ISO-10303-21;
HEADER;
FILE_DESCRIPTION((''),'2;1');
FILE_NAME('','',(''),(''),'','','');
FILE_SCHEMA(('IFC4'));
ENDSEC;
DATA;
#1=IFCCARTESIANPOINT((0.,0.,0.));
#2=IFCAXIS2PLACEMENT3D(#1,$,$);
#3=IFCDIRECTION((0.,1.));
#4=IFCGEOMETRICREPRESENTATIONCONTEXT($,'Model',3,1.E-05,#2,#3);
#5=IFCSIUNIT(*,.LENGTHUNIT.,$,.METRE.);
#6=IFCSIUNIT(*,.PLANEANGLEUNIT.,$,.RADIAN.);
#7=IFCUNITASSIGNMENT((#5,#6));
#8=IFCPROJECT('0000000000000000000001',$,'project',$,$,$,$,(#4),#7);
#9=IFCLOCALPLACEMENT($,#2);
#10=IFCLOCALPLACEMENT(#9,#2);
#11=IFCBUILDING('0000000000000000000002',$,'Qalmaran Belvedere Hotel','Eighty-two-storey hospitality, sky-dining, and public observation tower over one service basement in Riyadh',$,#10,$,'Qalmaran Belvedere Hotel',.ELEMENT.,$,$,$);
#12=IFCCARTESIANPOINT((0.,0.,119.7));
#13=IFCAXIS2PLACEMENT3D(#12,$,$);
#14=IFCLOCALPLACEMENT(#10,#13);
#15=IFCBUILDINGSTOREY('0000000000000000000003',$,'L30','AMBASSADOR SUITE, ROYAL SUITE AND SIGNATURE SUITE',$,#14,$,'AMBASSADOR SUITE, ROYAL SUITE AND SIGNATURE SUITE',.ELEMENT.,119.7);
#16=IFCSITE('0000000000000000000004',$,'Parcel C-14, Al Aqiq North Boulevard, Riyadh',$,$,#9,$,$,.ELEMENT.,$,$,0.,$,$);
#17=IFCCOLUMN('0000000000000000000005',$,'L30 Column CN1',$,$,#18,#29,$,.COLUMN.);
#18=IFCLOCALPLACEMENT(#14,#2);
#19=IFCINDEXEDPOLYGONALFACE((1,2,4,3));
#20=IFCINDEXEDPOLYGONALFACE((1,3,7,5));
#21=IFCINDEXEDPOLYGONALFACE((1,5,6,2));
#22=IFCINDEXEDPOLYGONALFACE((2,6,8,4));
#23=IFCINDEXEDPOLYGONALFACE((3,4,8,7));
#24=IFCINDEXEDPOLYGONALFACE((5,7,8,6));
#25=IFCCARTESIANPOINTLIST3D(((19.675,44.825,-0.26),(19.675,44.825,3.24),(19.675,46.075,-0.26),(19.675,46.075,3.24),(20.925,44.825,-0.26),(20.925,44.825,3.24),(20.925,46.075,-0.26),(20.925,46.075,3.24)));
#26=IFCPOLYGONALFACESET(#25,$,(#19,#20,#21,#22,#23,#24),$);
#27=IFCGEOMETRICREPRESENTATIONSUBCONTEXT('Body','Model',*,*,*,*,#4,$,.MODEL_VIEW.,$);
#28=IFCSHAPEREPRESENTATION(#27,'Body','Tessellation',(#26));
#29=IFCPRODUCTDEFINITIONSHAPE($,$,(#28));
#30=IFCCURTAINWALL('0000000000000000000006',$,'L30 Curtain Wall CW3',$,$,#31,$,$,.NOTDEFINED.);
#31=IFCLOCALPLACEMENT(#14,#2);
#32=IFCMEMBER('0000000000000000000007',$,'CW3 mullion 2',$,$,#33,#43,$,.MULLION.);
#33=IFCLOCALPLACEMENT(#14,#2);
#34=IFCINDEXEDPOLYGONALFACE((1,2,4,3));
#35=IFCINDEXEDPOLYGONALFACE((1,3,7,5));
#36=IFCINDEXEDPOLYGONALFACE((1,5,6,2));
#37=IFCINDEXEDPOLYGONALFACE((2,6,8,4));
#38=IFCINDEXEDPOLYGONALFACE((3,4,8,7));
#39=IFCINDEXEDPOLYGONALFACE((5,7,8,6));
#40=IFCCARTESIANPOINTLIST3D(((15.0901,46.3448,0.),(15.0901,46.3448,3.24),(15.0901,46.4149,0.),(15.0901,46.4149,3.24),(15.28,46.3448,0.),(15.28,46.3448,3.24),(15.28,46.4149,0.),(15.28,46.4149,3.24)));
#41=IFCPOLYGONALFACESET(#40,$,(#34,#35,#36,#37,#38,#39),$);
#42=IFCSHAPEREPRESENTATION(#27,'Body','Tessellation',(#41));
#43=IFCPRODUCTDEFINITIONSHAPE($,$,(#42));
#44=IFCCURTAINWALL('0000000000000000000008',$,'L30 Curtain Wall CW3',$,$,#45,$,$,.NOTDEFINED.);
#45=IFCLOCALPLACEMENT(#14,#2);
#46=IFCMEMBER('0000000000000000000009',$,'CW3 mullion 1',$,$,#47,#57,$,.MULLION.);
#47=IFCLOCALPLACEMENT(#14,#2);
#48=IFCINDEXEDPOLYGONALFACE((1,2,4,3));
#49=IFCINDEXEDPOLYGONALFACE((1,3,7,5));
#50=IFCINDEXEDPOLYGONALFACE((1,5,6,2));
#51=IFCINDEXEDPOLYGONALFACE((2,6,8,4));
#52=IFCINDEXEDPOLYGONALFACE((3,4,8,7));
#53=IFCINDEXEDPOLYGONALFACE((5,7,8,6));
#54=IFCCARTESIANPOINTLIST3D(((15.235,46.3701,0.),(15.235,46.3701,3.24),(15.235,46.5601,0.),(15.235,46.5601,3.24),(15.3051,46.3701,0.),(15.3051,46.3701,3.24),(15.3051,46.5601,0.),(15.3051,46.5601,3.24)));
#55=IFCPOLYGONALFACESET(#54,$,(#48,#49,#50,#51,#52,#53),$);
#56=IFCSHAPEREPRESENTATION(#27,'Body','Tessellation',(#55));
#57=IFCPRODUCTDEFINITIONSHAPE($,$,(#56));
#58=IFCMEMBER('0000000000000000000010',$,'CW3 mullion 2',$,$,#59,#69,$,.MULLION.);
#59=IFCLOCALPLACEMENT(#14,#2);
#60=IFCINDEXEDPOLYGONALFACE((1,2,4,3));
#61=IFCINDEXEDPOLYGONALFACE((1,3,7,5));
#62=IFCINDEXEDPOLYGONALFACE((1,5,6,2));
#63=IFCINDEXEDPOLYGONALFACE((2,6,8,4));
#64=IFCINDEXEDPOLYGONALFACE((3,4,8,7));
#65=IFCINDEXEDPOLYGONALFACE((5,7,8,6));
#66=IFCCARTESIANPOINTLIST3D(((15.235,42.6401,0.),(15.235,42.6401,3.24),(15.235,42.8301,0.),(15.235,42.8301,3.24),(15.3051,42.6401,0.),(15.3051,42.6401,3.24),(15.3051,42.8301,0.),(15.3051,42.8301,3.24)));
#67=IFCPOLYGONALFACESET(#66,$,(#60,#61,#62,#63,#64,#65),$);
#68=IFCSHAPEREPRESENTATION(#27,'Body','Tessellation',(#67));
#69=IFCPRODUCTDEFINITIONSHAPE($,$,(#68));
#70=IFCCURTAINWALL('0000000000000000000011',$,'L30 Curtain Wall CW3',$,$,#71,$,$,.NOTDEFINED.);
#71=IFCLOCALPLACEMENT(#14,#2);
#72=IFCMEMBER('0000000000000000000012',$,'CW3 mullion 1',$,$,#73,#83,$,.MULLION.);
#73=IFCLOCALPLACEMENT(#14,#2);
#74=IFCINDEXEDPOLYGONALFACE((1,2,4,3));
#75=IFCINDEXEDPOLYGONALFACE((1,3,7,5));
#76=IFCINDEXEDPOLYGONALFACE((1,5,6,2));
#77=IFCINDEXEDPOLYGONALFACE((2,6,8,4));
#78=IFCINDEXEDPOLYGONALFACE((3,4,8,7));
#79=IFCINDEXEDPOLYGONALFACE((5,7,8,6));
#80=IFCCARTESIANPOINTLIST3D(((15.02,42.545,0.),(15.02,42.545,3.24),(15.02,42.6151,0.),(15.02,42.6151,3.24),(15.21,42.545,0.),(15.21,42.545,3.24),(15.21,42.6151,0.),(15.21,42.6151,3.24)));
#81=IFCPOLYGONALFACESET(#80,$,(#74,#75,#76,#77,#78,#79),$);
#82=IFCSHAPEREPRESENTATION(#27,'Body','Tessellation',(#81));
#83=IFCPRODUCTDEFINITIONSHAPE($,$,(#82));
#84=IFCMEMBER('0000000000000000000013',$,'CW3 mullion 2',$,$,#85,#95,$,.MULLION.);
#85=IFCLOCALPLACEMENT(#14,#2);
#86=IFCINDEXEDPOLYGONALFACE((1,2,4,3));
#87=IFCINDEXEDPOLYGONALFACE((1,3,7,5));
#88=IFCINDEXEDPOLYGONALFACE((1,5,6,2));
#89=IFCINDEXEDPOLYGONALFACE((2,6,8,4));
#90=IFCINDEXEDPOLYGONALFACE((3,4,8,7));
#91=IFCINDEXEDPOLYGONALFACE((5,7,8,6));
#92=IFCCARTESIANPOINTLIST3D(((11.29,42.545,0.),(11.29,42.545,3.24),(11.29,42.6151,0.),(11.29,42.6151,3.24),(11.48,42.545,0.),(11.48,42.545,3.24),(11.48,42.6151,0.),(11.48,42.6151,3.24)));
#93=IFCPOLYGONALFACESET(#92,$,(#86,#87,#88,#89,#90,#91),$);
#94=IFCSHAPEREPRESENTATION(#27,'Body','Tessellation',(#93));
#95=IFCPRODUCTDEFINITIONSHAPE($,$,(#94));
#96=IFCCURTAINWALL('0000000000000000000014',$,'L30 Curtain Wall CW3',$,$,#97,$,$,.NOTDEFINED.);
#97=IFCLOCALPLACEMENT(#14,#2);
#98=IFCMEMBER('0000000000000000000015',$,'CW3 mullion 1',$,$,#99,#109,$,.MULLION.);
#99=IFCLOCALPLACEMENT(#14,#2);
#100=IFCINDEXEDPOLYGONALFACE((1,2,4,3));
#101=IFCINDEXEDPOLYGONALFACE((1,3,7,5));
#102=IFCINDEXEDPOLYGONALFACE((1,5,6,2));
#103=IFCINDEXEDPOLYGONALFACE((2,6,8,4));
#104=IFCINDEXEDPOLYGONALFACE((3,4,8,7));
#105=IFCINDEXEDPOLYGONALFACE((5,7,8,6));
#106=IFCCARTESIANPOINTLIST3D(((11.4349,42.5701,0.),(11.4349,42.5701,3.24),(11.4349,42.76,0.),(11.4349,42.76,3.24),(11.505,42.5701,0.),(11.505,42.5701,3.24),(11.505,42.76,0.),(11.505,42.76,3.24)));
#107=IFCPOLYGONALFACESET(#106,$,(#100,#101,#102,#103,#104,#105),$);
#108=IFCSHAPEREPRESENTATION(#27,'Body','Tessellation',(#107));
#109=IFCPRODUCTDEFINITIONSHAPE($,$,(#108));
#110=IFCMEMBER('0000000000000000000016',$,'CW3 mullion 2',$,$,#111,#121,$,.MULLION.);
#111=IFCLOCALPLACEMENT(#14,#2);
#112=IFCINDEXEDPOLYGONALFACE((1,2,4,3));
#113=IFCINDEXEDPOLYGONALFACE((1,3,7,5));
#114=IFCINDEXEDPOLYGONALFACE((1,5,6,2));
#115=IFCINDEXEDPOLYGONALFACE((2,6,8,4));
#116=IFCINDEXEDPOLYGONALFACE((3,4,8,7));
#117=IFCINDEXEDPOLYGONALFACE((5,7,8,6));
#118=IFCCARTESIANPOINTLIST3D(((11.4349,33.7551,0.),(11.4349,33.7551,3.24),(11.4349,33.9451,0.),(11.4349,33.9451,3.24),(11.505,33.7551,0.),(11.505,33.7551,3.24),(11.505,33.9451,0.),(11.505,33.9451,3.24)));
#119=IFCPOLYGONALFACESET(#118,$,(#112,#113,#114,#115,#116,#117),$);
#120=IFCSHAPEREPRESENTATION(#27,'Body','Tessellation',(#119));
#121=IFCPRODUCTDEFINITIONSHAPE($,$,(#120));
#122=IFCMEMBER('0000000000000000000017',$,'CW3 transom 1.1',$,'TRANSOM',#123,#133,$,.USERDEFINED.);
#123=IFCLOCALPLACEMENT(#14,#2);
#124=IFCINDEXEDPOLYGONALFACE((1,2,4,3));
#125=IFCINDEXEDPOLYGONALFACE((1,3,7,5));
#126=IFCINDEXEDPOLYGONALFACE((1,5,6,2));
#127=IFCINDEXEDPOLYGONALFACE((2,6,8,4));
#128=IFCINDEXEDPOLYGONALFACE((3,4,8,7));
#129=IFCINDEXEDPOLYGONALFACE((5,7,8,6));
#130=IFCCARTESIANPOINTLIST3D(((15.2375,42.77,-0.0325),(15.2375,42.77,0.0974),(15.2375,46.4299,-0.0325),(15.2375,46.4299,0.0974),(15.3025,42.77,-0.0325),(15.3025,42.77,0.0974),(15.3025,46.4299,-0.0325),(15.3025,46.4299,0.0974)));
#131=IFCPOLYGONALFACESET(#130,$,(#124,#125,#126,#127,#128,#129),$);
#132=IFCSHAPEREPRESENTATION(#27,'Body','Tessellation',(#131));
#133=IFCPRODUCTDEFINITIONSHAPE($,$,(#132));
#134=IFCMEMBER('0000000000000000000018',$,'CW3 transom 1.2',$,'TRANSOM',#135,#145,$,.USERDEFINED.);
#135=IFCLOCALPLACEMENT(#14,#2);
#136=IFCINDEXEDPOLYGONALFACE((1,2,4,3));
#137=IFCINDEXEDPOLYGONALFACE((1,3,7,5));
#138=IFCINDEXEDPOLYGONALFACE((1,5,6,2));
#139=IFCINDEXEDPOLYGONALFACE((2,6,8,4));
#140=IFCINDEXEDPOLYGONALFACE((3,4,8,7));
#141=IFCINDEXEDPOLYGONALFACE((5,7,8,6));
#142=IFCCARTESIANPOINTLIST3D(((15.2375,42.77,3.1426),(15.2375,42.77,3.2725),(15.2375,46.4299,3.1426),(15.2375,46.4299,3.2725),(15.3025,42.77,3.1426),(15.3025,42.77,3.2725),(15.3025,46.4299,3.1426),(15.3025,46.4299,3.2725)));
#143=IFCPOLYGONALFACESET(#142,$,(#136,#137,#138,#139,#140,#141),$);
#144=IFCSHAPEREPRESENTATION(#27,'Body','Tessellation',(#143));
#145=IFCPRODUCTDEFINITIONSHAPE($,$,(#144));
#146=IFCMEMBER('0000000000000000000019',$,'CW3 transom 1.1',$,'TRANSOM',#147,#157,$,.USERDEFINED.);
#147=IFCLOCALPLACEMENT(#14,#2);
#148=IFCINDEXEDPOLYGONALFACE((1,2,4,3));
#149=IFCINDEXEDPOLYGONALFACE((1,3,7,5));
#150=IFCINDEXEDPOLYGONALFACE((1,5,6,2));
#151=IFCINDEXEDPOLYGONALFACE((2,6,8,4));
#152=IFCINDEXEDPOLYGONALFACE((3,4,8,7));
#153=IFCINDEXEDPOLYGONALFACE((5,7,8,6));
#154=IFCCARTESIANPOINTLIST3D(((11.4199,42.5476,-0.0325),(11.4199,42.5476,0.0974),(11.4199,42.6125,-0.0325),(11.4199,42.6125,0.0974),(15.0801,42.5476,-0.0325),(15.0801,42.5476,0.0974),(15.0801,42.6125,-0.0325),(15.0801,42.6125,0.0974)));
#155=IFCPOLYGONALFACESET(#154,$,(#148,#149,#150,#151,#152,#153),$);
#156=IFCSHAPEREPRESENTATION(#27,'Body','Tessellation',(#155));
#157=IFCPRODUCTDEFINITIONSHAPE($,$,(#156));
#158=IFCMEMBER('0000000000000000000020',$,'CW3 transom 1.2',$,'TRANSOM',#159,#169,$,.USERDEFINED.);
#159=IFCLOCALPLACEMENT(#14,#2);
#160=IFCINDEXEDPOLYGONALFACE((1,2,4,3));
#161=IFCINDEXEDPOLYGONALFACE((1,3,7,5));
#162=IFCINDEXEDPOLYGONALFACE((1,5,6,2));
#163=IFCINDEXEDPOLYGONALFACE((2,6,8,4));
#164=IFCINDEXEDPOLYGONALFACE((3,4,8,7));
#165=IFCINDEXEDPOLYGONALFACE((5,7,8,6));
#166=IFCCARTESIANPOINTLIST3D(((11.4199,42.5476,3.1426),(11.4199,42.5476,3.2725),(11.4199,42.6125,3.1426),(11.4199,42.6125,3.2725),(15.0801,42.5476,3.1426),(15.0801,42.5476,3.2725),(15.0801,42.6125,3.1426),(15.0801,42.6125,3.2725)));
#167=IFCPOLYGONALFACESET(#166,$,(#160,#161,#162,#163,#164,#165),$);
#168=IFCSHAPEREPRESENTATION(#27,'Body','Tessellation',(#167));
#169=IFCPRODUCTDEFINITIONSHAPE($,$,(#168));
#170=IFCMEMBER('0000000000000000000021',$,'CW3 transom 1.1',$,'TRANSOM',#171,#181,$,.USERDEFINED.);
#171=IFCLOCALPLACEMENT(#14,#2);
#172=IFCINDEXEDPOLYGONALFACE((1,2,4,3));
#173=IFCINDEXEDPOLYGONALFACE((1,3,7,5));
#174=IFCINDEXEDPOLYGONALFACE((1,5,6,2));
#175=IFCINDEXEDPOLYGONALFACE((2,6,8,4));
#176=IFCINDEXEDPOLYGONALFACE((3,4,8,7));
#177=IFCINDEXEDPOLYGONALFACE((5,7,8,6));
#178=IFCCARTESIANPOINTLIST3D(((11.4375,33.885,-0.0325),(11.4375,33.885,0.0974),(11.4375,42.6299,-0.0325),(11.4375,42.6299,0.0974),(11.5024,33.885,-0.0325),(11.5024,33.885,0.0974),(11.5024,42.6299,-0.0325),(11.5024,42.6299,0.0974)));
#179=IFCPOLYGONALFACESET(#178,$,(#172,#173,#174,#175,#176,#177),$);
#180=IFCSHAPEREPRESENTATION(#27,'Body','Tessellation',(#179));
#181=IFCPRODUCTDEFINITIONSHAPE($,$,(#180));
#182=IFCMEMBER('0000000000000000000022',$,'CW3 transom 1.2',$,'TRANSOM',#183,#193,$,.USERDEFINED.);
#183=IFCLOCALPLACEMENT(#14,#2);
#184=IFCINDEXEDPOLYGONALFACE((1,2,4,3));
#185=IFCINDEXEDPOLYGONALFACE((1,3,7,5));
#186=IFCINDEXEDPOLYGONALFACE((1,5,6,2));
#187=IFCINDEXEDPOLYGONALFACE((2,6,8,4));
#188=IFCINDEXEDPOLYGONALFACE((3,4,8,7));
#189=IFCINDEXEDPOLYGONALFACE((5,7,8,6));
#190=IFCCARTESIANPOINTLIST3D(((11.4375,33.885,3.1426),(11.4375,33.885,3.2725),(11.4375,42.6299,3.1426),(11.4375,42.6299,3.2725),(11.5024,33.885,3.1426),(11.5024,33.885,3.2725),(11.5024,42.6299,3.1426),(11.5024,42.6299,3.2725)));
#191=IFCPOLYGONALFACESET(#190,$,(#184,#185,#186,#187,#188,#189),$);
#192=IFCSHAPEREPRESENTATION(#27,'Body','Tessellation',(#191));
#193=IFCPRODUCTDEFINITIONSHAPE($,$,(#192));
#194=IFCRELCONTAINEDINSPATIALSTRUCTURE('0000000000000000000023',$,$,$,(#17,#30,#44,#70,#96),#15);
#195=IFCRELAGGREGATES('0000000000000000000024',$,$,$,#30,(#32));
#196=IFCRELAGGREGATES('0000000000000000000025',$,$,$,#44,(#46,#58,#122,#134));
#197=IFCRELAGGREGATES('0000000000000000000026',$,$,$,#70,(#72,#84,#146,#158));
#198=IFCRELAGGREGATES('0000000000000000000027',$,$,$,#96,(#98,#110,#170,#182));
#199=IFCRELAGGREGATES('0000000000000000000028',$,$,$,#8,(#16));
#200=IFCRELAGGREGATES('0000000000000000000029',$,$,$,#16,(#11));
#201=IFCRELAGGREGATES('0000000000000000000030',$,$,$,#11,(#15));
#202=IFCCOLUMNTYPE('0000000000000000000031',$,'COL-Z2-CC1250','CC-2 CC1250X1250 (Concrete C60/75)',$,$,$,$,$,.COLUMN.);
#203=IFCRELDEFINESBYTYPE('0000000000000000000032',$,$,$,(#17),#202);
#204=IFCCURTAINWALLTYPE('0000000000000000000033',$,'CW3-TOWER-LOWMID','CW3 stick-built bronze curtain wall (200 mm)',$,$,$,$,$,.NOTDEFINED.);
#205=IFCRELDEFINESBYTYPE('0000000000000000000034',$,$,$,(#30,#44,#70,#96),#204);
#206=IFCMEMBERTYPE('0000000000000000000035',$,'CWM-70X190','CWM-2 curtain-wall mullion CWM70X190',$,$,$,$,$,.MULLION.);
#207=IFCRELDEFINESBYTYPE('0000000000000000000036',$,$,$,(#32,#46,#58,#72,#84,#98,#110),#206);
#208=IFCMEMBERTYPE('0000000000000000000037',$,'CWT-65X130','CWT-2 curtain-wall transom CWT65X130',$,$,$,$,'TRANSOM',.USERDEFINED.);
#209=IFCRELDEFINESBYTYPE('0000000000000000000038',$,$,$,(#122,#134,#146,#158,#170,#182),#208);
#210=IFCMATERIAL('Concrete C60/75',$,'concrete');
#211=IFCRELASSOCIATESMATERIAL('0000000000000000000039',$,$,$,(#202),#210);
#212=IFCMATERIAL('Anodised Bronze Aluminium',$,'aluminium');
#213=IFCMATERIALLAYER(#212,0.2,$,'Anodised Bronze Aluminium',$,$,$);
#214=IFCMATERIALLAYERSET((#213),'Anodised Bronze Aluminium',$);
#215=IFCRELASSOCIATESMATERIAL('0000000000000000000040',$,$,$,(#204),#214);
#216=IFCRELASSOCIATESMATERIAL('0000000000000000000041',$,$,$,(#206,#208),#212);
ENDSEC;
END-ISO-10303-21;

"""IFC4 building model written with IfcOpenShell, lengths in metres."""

from ifc_helpers import new_model, si_unit, direction, frame, origin, origin_2d, place, context, subcontext, project, spatial, rectangle, extrude, material, layer, layer_set, material_profile, profile_set, type_object, element, aggregate, save


model = new_model("IFC4")

# Units and contexts
model_context = context("Model", 3, precision=1e-05, world=origin(), true_north=direction((0.0, 1.0)))
body_context = subcontext(model_context, "Body", "Model", "MODEL_VIEW")
ifc_project = project(units=[si_unit("LENGTHUNIT", "METRE"), si_unit("PLANEANGLEUNIT", "RADIAN")], contexts=[model_context])

# Site, building, storey
site_placement = place(None, origin())
site = spatial("IfcSite", under=ifc_project, at=site_placement, Name="Parcel C-14, Al Aqiq North Boulevard, Riyadh", CompositionType="ELEMENT", RefElevation=0.0)
building_placement = place(site_placement, origin())
building = spatial("IfcBuilding", under=site, at=building_placement, Name="Qalmaran Belvedere Hotel", Description="Eighty-two-storey hospitality, sky-dining, and public observation tower over one service basement in Riyadh", LongName="Qalmaran Belvedere Hotel", CompositionType="ELEMENT")
storey_placement = place(building_placement, frame((0.0, 0.0, 119.7)))
storey = spatial("IfcBuildingStorey", under=building, at=storey_placement, Name="L30", Description="AMBASSADOR SUITE, ROYAL SUITE AND SIGNATURE SUITE", LongName="AMBASSADOR SUITE, ROYAL SUITE AND SIGNATURE SUITE", CompositionType="ELEMENT", Elevation=119.7)

# Column
ifc_material_1 = material(Name="Concrete C60/75", Category="concrete")
ifc_material_profile_1 = material_profile(ifc_material_1, rectangle(XDim=1.25, YDim=1.25, at=origin_2d()), Name="CC1250X1250")
ifc_profile_set_1 = profile_set([ifc_material_profile_1], Name="Concrete C60/75")
column_type = type_object("IfcColumnType", Name="COL-Z2-CC1250", Description="CC-2 CC1250X1250 (Concrete C60/75)", PredefinedType="COLUMN", material=ifc_profile_set_1)
column_placement = place(storey_placement, frame((20.3, 45.45, -0.26), z_axis=(0.0, 0.0, 1.0), x_axis=(1.0, 0.0, 0.0)))
element("IfcColumn", 1, at=column_placement, inside=storey, type_object=column_type, Name="L30 Column CN1", PredefinedType="COLUMN", context=body_context, shape_type="SweptSolid", body=[
    extrude(rectangle(XDim=1.25, YDim=1.25, at=origin_2d()), origin(), (0.0, 0.0, 1.0), 3.5),
])

# Curtain wall, member
ifc_material_2 = material(Name="Anodised Bronze Aluminium", Category="aluminium")
ifc_layer_1 = layer(ifc_material_2, 0.2, Name="Anodised Bronze Aluminium")
ifc_layer_set_1 = layer_set([ifc_layer_1], Name="Anodised Bronze Aluminium")
curtain_wall_type = type_object("IfcCurtainWallType", Name="CW3-TOWER-LOWMID", Description="CW3 stick-built bronze curtain wall (200 mm)", PredefinedType="NOTDEFINED", material=ifc_layer_set_1)
curtain_wall_1_placement = place(storey_placement, origin())
curtain_wall_1 = element("IfcCurtainWall", 2, at=curtain_wall_1_placement, inside=storey, type_object=curtain_wall_type, Name="L30 Curtain Wall CW3", PredefinedType="NOTDEFINED")
ifc_material_profile_2 = material_profile(ifc_material_2, rectangle(XDim=0.0701, YDim=0.1899, at=origin_2d()), Name="CWM70X190")
ifc_profile_set_2 = profile_set([ifc_material_profile_2], Name="Anodised Bronze Aluminium")
member_type_1 = type_object("IfcMemberType", Name="CWM-70X190", Description="CWM-2 curtain-wall mullion CWM70X190", PredefinedType="MULLION", material=ifc_profile_set_2)
member_1_placement = place(storey_placement, frame((15.1851, 46.3799, 0.0), z_axis=(0.0, 0.0, 1.0), x_axis=(0.0, -1.0, 0.0)))
member_1 = element("IfcMember", 3, at=member_1_placement, type_object=member_type_1, Name="CW3 mullion 2", PredefinedType="MULLION", context=body_context, shape_type="SweptSolid", body=[
    extrude(rectangle(XDim=0.0701, YDim=0.1899, at=origin_2d()), origin(), (0.0, 0.0, 1.0), 3.24),
])

# Curtain walls, members
curtain_wall_2_placement = place(storey_placement, origin())
curtain_wall_2 = element("IfcCurtainWall", 4, at=curtain_wall_2_placement, inside=storey, type_object=curtain_wall_type, Name="L30 Curtain Wall CW3", PredefinedType="NOTDEFINED")
member_2_placement = place(storey_placement, frame((15.27, 46.4651, 0.0), z_axis=(0.0, 0.0, 1.0), x_axis=(1.0, 0.0, 0.0)))
member_2 = element("IfcMember", 5, at=member_2_placement, type_object=member_type_1, Name="CW3 mullion 1", PredefinedType="MULLION", context=body_context, shape_type="SweptSolid", body=[
    extrude(rectangle(XDim=0.0701, YDim=0.1899, at=origin_2d()), origin(), (0.0, 0.0, 1.0), 3.24),
])
member_3_placement = place(storey_placement, frame((15.27, 42.7351, 0.0), z_axis=(0.0, 0.0, 1.0), x_axis=(1.0, 0.0, 0.0)))
member_3 = element("IfcMember", 6, at=member_3_placement, type_object=member_type_1, Name="CW3 mullion 2", PredefinedType="MULLION", context=body_context, shape_type="SweptSolid", body=[
    extrude(rectangle(XDim=0.0701, YDim=0.1899, at=origin_2d()), origin(), (0.0, 0.0, 1.0), 3.24),
])
curtain_wall_3_placement = place(storey_placement, origin())
curtain_wall_3 = element("IfcCurtainWall", 7, at=curtain_wall_3_placement, inside=storey, type_object=curtain_wall_type, Name="L30 Curtain Wall CW3", PredefinedType="NOTDEFINED")
member_4_placement = place(storey_placement, frame((15.115, 42.5801, 0.0), z_axis=(0.0, 0.0, 1.0), x_axis=(0.0, -1.0, 0.0)))
member_4 = element("IfcMember", 8, at=member_4_placement, type_object=member_type_1, Name="CW3 mullion 1", PredefinedType="MULLION", context=body_context, shape_type="SweptSolid", body=[
    extrude(rectangle(XDim=0.0701, YDim=0.1899, at=origin_2d()), origin(), (0.0, 0.0, 1.0), 3.24),
])
member_5_placement = place(storey_placement, frame((11.385, 42.5801, 0.0), z_axis=(0.0, 0.0, 1.0), x_axis=(0.0, -1.0, 0.0)))
member_5 = element("IfcMember", 9, at=member_5_placement, type_object=member_type_1, Name="CW3 mullion 2", PredefinedType="MULLION", context=body_context, shape_type="SweptSolid", body=[
    extrude(rectangle(XDim=0.0701, YDim=0.1899, at=origin_2d()), origin(), (0.0, 0.0, 1.0), 3.24),
])
curtain_wall_4_placement = place(storey_placement, origin())
curtain_wall_4 = element("IfcCurtainWall", 10, at=curtain_wall_4_placement, inside=storey, type_object=curtain_wall_type, Name="L30 Curtain Wall CW3", PredefinedType="NOTDEFINED")
member_6_placement = place(storey_placement, frame((11.47, 42.665, 0.0), z_axis=(0.0, 0.0, 1.0), x_axis=(1.0, 0.0, 0.0)))
member_6 = element("IfcMember", 11, at=member_6_placement, type_object=member_type_1, Name="CW3 mullion 1", PredefinedType="MULLION", context=body_context, shape_type="SweptSolid", body=[
    extrude(rectangle(XDim=0.0701, YDim=0.1899, at=origin_2d()), origin(), (0.0, 0.0, 1.0), 3.24),
])
member_7_placement = place(storey_placement, frame((11.47, 33.8501, 0.0), z_axis=(0.0, 0.0, 1.0), x_axis=(1.0, 0.0, 0.0)))
member_7 = element("IfcMember", 12, at=member_7_placement, type_object=member_type_1, Name="CW3 mullion 2", PredefinedType="MULLION", context=body_context, shape_type="SweptSolid", body=[
    extrude(rectangle(XDim=0.0701, YDim=0.1899, at=origin_2d()), origin(), (0.0, 0.0, 1.0), 3.24),
])

# Members
ifc_material_profile_3 = material_profile(ifc_material_2, rectangle(XDim=0.0649, YDim=0.1299, at=origin_2d()), Name="CWT65X130")
ifc_profile_set_3 = profile_set([ifc_material_profile_3], Name="Anodised Bronze Aluminium")
member_type_2 = type_object("IfcMemberType", Name="CWT-65X130", Description="CWT-2 curtain-wall transom CWT65X130", ElementType="TRANSOM", PredefinedType="USERDEFINED", material=ifc_profile_set_3)
member_8_placement = place(storey_placement, frame((15.27, 46.4299, 0.0325), z_axis=(0.0, -1.0, 0.0), x_axis=(1.0, 0.0, 0.0)))
member_8 = element("IfcMember", 13, at=member_8_placement, type_object=member_type_2, Name="CW3 transom 1.1", ObjectType="TRANSOM", PredefinedType="USERDEFINED", context=body_context, shape_type="SweptSolid", body=[
    extrude(rectangle(XDim=0.0649, YDim=0.1299, at=origin_2d()), origin(), (0.0, 0.0, 1.0), 3.6599),
])
member_9_placement = place(storey_placement, frame((15.27, 46.4299, 3.2075), z_axis=(0.0, -1.0, 0.0), x_axis=(1.0, 0.0, 0.0)))
member_9 = element("IfcMember", 14, at=member_9_placement, type_object=member_type_2, Name="CW3 transom 1.2", ObjectType="TRANSOM", PredefinedType="USERDEFINED", context=body_context, shape_type="SweptSolid", body=[
    extrude(rectangle(XDim=0.0649, YDim=0.1299, at=origin_2d()), origin(), (0.0, 0.0, 1.0), 3.6599),
])
member_10_placement = place(storey_placement, frame((15.0801, 42.5801, 0.0325), z_axis=(-1.0, 0.0, 0.0), x_axis=(0.0, -1.0, 0.0)))
member_10 = element("IfcMember", 15, at=member_10_placement, type_object=member_type_2, Name="CW3 transom 1.1", ObjectType="TRANSOM", PredefinedType="USERDEFINED", context=body_context, shape_type="SweptSolid", body=[
    extrude(rectangle(XDim=0.0649, YDim=0.1299, at=origin_2d()), origin(), (0.0, 0.0, 1.0), 3.6602),
])
member_11_placement = place(storey_placement, frame((15.0801, 42.5801, 3.2075), z_axis=(-1.0, 0.0, 0.0), x_axis=(0.0, -1.0, 0.0)))
member_11 = element("IfcMember", 16, at=member_11_placement, type_object=member_type_2, Name="CW3 transom 1.2", ObjectType="TRANSOM", PredefinedType="USERDEFINED", context=body_context, shape_type="SweptSolid", body=[
    extrude(rectangle(XDim=0.0649, YDim=0.1299, at=origin_2d()), origin(), (0.0, 0.0, 1.0), 3.6602),
])
member_12_placement = place(storey_placement, frame((11.47, 42.6299, 0.0325), z_axis=(0.0, -1.0, 0.0), x_axis=(1.0, 0.0, 0.0)))
member_12 = element("IfcMember", 17, at=member_12_placement, type_object=member_type_2, Name="CW3 transom 1.1", ObjectType="TRANSOM", PredefinedType="USERDEFINED", context=body_context, shape_type="SweptSolid", body=[
    extrude(rectangle(XDim=0.0649, YDim=0.1299, at=origin_2d()), origin(), (0.0, 0.0, 1.0), 8.7449),
])
member_13_placement = place(storey_placement, frame((11.47, 42.6299, 3.2075), z_axis=(0.0, -1.0, 0.0), x_axis=(1.0, 0.0, 0.0)))
member_13 = element("IfcMember", 18, at=member_13_placement, type_object=member_type_2, Name="CW3 transom 1.2", ObjectType="TRANSOM", PredefinedType="USERDEFINED", context=body_context, shape_type="SweptSolid", body=[
    extrude(rectangle(XDim=0.0649, YDim=0.1299, at=origin_2d()), origin(), (0.0, 0.0, 1.0), 8.7449),
])

aggregate(curtain_wall_1, [member_1])
aggregate(curtain_wall_2, [member_2, member_3, member_8, member_9])
aggregate(curtain_wall_3, [member_4, member_5, member_10, member_11])
aggregate(curtain_wall_4, [member_6, member_7, member_12, member_13])

save(model, "model.ifc")
